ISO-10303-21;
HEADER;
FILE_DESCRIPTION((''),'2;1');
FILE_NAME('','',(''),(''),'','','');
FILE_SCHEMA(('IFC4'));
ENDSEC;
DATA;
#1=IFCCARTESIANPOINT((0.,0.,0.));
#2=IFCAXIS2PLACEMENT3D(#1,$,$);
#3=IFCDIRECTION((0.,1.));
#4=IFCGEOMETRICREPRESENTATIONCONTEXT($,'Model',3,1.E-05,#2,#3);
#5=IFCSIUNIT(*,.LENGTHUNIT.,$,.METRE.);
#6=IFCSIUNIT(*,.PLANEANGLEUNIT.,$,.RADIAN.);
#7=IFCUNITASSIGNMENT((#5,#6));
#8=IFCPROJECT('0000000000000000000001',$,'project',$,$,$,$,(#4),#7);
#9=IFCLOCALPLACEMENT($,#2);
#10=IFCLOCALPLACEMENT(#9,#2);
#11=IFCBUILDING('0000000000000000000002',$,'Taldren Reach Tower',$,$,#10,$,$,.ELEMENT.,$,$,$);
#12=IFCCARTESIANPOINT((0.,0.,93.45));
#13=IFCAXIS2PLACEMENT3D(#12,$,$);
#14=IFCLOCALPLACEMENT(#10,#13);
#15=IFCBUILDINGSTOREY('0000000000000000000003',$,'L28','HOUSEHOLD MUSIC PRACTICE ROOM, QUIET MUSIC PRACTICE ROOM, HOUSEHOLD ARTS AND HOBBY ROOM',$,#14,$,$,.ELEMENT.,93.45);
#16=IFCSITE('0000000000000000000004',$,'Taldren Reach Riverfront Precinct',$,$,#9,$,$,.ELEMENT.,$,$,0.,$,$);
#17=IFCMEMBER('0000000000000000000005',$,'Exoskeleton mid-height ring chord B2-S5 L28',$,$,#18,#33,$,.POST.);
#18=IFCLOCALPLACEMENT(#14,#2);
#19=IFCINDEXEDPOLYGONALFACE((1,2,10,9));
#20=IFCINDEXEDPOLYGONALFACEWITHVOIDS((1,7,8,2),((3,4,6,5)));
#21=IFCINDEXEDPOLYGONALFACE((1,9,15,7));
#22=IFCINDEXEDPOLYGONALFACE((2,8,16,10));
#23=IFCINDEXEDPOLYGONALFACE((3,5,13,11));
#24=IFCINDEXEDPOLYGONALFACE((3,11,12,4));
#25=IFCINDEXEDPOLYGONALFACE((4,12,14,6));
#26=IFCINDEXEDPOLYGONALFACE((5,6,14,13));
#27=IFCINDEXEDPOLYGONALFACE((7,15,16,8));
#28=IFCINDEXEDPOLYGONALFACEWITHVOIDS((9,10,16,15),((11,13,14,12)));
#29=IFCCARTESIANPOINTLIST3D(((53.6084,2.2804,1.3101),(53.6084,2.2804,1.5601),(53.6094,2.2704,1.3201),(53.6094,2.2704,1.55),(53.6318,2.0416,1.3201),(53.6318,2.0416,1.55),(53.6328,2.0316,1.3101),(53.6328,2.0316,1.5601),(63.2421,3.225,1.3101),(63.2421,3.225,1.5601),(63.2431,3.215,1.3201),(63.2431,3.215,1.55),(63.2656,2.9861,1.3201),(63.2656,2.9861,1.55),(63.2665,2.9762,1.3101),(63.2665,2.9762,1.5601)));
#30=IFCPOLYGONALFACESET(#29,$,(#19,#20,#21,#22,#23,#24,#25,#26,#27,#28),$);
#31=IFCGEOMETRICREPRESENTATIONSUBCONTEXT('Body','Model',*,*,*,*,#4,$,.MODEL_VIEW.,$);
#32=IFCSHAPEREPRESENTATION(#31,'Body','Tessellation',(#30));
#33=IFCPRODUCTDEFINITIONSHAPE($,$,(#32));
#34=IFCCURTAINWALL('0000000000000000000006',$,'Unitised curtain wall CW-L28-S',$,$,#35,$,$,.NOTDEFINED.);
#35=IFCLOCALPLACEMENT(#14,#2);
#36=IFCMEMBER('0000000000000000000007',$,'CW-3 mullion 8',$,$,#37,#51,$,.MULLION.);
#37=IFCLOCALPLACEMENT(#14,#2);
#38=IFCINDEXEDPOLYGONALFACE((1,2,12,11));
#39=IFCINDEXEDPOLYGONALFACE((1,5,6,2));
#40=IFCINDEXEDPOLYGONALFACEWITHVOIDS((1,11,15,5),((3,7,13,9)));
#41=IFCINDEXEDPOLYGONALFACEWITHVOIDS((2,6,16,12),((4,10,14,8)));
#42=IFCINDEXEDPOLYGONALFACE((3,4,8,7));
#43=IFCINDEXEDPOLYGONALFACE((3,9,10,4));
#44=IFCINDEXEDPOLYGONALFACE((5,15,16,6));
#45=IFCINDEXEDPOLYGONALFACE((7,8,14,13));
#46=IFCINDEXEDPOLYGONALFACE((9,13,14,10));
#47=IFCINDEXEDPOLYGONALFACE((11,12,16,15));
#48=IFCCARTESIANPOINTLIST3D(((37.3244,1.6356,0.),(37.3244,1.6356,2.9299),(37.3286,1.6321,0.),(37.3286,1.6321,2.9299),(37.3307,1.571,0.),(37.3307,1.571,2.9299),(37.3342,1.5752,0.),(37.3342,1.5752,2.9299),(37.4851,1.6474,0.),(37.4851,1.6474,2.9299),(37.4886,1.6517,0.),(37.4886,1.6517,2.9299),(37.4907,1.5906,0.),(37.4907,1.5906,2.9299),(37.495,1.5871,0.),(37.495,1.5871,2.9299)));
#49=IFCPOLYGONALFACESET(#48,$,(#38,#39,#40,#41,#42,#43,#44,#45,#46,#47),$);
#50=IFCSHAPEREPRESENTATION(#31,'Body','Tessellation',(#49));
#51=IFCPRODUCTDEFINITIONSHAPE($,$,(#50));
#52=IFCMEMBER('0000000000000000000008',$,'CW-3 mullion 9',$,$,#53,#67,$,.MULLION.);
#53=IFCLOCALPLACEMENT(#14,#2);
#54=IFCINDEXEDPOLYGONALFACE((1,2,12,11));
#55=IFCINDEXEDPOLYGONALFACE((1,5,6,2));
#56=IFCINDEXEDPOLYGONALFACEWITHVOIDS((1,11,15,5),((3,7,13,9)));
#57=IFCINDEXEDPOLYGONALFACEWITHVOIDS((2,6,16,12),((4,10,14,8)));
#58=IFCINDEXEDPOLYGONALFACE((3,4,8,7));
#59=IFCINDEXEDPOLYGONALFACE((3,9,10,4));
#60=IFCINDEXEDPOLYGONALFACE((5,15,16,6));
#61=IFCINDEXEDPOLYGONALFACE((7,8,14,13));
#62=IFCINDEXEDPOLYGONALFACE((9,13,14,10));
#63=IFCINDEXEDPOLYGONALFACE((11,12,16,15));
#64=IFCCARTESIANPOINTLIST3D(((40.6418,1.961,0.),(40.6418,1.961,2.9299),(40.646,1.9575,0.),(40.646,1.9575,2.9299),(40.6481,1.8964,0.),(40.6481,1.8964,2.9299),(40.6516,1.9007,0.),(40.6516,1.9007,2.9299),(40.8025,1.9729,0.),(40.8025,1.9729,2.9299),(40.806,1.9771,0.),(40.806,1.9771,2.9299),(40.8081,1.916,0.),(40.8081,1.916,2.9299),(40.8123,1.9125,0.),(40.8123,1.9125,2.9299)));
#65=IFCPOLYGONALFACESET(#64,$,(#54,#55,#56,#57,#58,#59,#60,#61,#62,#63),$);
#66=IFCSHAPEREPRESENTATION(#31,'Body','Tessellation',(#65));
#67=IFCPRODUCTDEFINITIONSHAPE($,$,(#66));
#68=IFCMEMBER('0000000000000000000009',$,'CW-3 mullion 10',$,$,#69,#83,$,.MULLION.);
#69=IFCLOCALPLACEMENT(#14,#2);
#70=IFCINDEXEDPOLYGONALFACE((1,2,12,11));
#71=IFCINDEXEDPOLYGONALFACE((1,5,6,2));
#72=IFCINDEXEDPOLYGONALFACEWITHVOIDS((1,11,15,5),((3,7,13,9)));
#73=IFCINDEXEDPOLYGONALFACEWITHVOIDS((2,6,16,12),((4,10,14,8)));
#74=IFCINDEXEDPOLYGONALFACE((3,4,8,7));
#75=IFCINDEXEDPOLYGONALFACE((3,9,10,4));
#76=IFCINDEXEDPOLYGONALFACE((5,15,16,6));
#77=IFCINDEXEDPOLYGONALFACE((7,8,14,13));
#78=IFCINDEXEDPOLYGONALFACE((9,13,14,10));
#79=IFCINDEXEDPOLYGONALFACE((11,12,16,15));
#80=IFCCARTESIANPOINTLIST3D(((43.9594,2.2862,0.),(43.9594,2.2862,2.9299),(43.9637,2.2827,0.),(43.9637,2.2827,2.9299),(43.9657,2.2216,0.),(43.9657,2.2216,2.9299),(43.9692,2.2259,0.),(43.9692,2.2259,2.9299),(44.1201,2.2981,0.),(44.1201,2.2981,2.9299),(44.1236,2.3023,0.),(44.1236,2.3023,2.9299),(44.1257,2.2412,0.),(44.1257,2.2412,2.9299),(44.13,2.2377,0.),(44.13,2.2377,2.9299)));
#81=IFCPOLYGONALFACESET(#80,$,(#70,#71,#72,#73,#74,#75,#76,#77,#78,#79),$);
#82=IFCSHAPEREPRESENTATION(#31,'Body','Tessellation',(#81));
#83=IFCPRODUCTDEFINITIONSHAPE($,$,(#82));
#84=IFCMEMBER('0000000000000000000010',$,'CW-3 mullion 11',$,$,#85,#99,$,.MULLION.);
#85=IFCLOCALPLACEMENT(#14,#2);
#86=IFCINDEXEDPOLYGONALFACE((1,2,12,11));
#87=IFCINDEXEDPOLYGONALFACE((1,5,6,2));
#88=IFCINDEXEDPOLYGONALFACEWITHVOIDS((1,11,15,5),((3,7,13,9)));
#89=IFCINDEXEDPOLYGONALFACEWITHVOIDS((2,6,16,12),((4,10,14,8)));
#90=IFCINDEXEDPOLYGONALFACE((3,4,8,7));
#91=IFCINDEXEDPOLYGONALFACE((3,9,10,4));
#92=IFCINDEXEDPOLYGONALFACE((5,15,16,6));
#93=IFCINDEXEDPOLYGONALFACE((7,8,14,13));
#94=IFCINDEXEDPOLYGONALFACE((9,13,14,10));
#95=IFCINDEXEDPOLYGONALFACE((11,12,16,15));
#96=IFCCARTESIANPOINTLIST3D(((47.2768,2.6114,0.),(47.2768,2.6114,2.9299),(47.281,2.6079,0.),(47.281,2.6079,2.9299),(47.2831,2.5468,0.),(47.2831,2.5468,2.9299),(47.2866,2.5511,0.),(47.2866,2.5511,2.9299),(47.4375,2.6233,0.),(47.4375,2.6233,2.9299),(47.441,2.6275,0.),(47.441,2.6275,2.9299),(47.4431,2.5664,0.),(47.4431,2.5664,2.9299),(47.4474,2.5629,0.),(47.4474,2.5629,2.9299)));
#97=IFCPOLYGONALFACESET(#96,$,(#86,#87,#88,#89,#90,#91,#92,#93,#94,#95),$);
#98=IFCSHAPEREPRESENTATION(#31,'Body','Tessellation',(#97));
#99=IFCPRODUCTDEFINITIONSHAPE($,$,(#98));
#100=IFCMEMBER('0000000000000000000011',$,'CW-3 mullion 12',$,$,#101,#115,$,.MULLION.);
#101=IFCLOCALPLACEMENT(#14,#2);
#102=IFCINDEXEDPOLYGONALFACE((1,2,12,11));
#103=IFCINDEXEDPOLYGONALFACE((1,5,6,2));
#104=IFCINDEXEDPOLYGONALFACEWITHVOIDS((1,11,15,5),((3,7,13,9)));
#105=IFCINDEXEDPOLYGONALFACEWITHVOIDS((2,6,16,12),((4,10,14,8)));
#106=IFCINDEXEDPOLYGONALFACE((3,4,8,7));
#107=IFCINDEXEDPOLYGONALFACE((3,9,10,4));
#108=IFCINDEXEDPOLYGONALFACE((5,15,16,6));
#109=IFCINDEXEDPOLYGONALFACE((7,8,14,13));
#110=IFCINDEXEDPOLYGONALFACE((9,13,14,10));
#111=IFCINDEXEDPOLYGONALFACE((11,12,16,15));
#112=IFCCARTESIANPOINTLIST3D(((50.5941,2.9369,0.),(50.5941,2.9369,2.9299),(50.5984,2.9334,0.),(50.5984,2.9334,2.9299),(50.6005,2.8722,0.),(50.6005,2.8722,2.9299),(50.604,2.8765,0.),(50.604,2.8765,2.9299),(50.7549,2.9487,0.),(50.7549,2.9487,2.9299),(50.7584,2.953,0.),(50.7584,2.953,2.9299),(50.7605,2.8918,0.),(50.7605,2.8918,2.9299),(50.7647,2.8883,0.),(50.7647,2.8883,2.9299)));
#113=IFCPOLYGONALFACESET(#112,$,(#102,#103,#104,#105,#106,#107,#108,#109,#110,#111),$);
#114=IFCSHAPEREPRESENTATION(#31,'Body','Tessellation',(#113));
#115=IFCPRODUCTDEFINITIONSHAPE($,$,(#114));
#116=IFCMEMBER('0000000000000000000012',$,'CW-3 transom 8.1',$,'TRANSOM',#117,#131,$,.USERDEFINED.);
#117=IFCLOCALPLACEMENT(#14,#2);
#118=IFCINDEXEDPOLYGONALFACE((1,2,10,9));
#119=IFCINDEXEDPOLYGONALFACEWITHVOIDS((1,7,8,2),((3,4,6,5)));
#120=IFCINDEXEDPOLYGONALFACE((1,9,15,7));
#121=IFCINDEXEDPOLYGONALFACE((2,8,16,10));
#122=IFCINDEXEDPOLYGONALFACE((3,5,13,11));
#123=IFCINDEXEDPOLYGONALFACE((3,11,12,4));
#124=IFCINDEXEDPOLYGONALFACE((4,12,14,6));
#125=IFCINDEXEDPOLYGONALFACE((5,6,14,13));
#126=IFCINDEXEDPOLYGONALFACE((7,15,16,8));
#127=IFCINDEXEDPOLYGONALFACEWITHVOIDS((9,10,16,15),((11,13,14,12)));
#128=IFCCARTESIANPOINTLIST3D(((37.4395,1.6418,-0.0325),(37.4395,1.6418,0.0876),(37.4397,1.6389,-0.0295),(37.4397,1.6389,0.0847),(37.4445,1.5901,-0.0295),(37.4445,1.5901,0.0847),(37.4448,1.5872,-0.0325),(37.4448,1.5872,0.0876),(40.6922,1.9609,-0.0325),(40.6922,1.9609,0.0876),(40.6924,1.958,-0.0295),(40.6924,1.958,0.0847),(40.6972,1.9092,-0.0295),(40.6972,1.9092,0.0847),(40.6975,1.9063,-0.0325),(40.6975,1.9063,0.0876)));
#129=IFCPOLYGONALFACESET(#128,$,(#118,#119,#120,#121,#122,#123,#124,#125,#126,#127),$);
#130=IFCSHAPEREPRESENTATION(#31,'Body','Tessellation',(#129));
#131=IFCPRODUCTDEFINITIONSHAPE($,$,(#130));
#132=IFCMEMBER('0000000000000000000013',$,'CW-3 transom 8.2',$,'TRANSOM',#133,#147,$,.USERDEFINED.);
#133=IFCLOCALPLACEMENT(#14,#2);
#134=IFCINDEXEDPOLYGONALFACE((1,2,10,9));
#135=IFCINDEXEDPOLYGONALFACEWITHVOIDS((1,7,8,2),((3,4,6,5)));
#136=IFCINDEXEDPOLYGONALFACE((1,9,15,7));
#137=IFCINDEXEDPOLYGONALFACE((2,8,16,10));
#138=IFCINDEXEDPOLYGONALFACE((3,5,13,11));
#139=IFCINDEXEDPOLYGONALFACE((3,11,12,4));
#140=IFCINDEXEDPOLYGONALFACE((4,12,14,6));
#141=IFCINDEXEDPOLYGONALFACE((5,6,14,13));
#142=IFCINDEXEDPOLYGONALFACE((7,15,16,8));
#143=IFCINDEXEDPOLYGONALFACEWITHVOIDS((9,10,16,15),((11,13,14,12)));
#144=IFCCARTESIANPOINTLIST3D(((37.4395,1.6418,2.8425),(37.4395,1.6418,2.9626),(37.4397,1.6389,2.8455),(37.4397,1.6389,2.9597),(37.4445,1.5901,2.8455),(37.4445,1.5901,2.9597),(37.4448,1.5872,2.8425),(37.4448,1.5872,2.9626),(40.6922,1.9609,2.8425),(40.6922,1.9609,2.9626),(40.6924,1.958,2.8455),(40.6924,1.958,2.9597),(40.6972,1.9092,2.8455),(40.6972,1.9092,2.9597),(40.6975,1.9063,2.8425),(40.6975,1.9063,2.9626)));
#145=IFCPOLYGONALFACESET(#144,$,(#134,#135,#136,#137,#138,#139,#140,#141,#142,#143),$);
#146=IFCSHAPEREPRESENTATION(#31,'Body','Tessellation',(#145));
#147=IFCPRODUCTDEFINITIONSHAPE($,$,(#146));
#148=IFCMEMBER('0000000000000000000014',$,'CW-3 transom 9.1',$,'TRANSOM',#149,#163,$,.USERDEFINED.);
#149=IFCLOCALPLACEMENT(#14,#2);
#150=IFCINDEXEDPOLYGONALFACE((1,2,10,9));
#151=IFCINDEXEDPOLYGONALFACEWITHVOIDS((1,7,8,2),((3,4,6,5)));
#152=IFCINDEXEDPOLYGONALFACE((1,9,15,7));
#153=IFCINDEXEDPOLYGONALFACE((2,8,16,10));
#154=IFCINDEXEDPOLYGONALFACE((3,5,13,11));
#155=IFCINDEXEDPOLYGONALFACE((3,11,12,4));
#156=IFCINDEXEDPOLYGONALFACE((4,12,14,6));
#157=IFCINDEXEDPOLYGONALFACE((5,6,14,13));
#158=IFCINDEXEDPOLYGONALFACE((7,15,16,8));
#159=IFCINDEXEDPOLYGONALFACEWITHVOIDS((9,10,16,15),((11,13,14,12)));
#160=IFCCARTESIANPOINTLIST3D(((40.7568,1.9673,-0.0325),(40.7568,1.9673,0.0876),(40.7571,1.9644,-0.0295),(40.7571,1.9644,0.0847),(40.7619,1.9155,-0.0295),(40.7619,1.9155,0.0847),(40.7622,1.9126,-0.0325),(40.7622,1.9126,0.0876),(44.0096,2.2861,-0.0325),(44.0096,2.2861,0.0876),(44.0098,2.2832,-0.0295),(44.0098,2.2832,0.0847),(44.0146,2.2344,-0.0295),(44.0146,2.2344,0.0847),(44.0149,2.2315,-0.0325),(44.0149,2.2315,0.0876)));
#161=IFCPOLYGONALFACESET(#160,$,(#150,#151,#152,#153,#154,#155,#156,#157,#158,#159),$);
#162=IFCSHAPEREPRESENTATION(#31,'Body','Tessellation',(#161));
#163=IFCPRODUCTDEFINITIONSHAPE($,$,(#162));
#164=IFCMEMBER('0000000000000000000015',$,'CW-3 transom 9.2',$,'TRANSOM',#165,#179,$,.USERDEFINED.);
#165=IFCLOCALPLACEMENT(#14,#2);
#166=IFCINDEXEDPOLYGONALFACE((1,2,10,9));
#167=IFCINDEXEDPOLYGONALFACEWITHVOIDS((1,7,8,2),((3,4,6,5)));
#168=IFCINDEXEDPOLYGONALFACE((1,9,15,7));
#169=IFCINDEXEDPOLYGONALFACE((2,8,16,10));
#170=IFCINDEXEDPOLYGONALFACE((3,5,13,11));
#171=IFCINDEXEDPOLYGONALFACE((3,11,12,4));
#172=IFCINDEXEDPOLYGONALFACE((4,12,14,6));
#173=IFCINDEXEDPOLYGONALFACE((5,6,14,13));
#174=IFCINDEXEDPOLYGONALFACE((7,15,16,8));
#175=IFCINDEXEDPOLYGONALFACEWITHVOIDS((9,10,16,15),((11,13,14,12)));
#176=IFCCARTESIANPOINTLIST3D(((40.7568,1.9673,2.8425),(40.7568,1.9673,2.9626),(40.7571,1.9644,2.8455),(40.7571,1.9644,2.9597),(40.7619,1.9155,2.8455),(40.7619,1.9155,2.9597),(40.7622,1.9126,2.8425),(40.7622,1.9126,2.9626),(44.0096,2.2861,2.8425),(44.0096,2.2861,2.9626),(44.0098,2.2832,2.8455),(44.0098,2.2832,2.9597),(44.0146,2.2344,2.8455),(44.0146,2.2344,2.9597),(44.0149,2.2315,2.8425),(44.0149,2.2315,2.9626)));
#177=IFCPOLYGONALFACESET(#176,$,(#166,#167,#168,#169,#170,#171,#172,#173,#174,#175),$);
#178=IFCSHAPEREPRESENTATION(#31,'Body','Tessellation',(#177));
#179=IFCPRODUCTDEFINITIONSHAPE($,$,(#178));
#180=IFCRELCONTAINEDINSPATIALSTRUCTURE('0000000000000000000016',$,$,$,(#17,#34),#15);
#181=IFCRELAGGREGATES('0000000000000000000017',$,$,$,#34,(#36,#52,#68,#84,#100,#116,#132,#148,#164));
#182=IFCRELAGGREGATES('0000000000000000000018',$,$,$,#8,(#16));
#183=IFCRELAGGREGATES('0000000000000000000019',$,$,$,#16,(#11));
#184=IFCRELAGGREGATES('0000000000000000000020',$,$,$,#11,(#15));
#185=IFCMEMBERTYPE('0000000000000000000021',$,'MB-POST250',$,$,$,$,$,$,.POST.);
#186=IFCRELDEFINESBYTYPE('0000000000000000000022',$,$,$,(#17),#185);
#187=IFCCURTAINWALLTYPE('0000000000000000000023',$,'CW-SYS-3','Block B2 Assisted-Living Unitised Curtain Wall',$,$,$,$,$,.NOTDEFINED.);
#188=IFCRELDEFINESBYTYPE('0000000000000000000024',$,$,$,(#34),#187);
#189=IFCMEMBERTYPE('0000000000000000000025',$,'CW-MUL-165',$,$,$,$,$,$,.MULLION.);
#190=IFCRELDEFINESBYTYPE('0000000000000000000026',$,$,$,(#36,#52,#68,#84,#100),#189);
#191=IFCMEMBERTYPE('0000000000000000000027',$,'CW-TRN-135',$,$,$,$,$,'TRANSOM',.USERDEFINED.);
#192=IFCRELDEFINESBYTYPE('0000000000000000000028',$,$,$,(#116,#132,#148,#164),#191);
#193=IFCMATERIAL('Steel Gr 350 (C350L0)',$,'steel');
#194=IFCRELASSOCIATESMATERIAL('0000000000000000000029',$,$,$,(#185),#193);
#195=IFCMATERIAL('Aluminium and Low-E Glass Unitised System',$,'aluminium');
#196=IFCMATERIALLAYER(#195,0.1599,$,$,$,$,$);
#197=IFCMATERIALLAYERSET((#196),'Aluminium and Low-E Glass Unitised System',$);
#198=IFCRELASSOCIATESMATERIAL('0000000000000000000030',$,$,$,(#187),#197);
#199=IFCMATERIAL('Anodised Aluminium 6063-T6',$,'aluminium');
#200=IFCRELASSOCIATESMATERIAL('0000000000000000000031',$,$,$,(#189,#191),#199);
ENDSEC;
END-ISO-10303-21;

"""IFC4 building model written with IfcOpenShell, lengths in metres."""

from ifc_helpers import new_model, si_unit, direction, frame, origin, origin_2d, place, context, subcontext, project, spatial, hollow_rectangle, extrude, source, transform, mapped, material, layer, layer_set, material_profile, profile_set, type_object, element, aggregate, save


model = new_model("IFC4")

# Units and contexts
model_context = context("Model", 3, precision=1e-05, world=origin(), true_north=direction((0.0, 1.0)))
body_context = subcontext(model_context, "Body", "Model", "MODEL_VIEW")
ifc_project = project(units=[si_unit("LENGTHUNIT", "METRE"), si_unit("PLANEANGLEUNIT", "RADIAN")], contexts=[model_context])

# Site, building, storey
site_placement = place(None, origin())
site = spatial("IfcSite", under=ifc_project, at=site_placement, Name="Taldren Reach Riverfront Precinct", CompositionType="ELEMENT", RefElevation=0.0)
building_placement = place(site_placement, origin())
building = spatial("IfcBuilding", under=site, at=building_placement, Name="Taldren Reach Tower", CompositionType="ELEMENT")
storey_placement = place(building_placement, frame((0.0, 0.0, 93.45)))
storey = spatial("IfcBuildingStorey", under=building, at=storey_placement, Name="L28", Description="HOUSEHOLD MUSIC PRACTICE ROOM, QUIET MUSIC PRACTICE ROOM, HOUSEHOLD ARTS AND HOBBY ROOM", CompositionType="ELEMENT", Elevation=93.45)

# Shared definitions
ifc_material_1 = material(Name="Steel Gr 350 (C350L0)", Category="steel")
ifc_material_profile_1 = material_profile(ifc_material_1, hollow_rectangle(XDim=0.25, YDim=0.25, WallThickness=0.01, at=origin_2d()), Name="250x250x10.0SHS")
ifc_profile_set_1 = profile_set([ifc_material_profile_1], Name="Steel Gr 350 (C350L0)")
member_type_1 = type_object("IfcMemberType", Name="MB-POST250", PredefinedType="POST", material=ifc_profile_set_1)

# Member
shared_shape_1 = source(origin(), body_context, "Body", "SweptSolid", [
    extrude(hollow_rectangle(XDim=0.25, YDim=0.25, WallThickness=0.01, at=origin_2d()), origin(), (0.0, 0.0, 1.0), 9.6799),
])
for number, where, z_axis, x_axis, name in (
    (1, (53.6206, 2.156, 1.4351), (0.995228, 0.097581, 0.0), (-0.097581, 0.995228, 0.0), "Exoskeleton mid-height ring chord B2-S5 L28"),
):
    element("IfcMember", number, at=place(storey_placement, frame(where, z_axis=z_axis, x_axis=x_axis)), inside=storey, type_object=member_type_1, Name=name, PredefinedType="POST", context=body_context, shape_type="MappedRepresentation", body=[
        mapped(shared_shape_1, transform((0.0, 0.0, 0.0), scale=1.0)),
    ])

# Curtain wall, members
ifc_material_2 = material(Name="Aluminium and Low-E Glass Unitised System", Category="aluminium")
ifc_layer_1 = layer(ifc_material_2, 0.1599)
ifc_layer_set_1 = layer_set([ifc_layer_1], Name="Aluminium and Low-E Glass Unitised System")
curtain_wall_type = type_object("IfcCurtainWallType", Name="CW-SYS-3", Description="Block B2 Assisted-Living Unitised Curtain Wall", PredefinedType="NOTDEFINED", material=ifc_layer_set_1)
curtain_wall_placement = place(storey_placement, origin())
curtain_wall = element("IfcCurtainWall", 2, at=curtain_wall_placement, inside=storey, type_object=curtain_wall_type, Name="Unitised curtain wall CW-L28-S", PredefinedType="NOTDEFINED")
ifc_material_3 = material(Name="Anodised Aluminium 6063-T6", Category="aluminium")
ifc_material_profile_2 = material_profile(ifc_material_3, hollow_rectangle(XDim=0.0649, YDim=0.165, WallThickness=0.0039, at=origin_2d()), Name="ALU-165x65x4RHS")
ifc_profile_set_2 = profile_set([ifc_material_profile_2], Name="Anodised Aluminium 6063-T6")
member_type_2 = type_object("IfcMemberType", Name="CW-MUL-165", PredefinedType="MULLION", material=ifc_profile_set_2)
shared_shape_2 = source(origin(), body_context, "Body", "SweptSolid", [
    extrude(hollow_rectangle(XDim=0.0649, YDim=0.165, WallThickness=0.0039, at=origin_2d()), origin(), (0.0, 0.0, 1.0), 2.9299),
])
member_1_placement = place(storey_placement, frame((37.4097, 1.6113, 0.0), z_axis=(0.0, 0.0, 1.0), x_axis=(-0.097583, 0.995227, 0.0)))
member_1 = element("IfcMember", 3, at=member_1_placement, type_object=member_type_2, Name="CW-3 mullion 8", PredefinedType="MULLION", context=body_context, shape_type="MappedRepresentation", body=[
    mapped(shared_shape_2, transform((0.0, 0.0, 0.0), scale=1.0)),
])
member_2_placement = place(storey_placement, frame((40.7271, 1.9368, 0.0), z_axis=(0.0, 0.0, 1.0), x_axis=(-0.097583, 0.995227, 0.0)))
member_2 = element("IfcMember", 4, at=member_2_placement, type_object=member_type_2, Name="CW-3 mullion 9", PredefinedType="MULLION", context=body_context, shape_type="MappedRepresentation", body=[
    mapped(shared_shape_2, transform((0.0, 0.0, 0.0), scale=1.0)),
])
member_3_placement = place(storey_placement, frame((44.0447, 2.262, 0.0), z_axis=(0.0, 0.0, 1.0), x_axis=(-0.097583, 0.995227, 0.0)))
member_3 = element("IfcMember", 5, at=member_3_placement, type_object=member_type_2, Name="CW-3 mullion 10", PredefinedType="MULLION", context=body_context, shape_type="MappedRepresentation", body=[
    mapped(shared_shape_2, transform((0.0, 0.0, 0.0), scale=1.0)),
])
member_4_placement = place(storey_placement, frame((47.3621, 2.5872, 0.0), z_axis=(0.0, 0.0, 1.0), x_axis=(-0.097583, 0.995227, 0.0)))
member_4 = element("IfcMember", 6, at=member_4_placement, type_object=member_type_2, Name="CW-3 mullion 11", PredefinedType="MULLION", context=body_context, shape_type="MappedRepresentation", body=[
    mapped(shared_shape_2, transform((0.0, 0.0, 0.0), scale=1.0)),
])
member_5_placement = place(storey_placement, frame((50.6794, 2.9126, 0.0), z_axis=(0.0, 0.0, 1.0), x_axis=(-0.097583, 0.995227, 0.0)))
member_5 = element("IfcMember", 7, at=member_5_placement, type_object=member_type_2, Name="CW-3 mullion 12", PredefinedType="MULLION", context=body_context, shape_type="MappedRepresentation", body=[
    mapped(shared_shape_2, transform((0.0, 0.0, 0.0), scale=1.0)),
])
ifc_material_profile_3 = material_profile(ifc_material_3, hollow_rectangle(XDim=0.0549, YDim=0.1201, WallThickness=0.0029, at=origin_2d()), Name="ALU-120x55x3RHS")
ifc_profile_set_3 = profile_set([ifc_material_profile_3], Name="Anodised Aluminium 6063-T6")
member_type_3 = type_object("IfcMemberType", Name="CW-TRN-135", ElementType="TRANSOM", PredefinedType="USERDEFINED", material=ifc_profile_set_3)
shared_shape_3 = source(origin(), body_context, "Body", "SweptSolid", [
    extrude(hollow_rectangle(XDim=0.0549, YDim=0.1201, WallThickness=0.0029, at=origin_2d()), origin(), (0.0, 0.0, 1.0), 3.2683),
])
member_6_placement = place(storey_placement, frame((37.4421, 1.6145, 0.0276), z_axis=(0.995223, 0.097632, 0.0), x_axis=(-0.097632, 0.995223, 0.0)))
member_6 = element("IfcMember", 8, at=member_6_placement, type_object=member_type_3, Name="CW-3 transom 8.1", ObjectType="TRANSOM", PredefinedType="USERDEFINED", context=body_context, shape_type="MappedRepresentation", body=[
    mapped(shared_shape_3, transform((0.0, 0.0, 0.0), scale=1.0)),
])
member_7_placement = place(storey_placement, frame((37.4421, 1.6145, 2.9026), z_axis=(0.995223, 0.097632, 0.0), x_axis=(-0.097632, 0.995223, 0.0)))
member_7 = element("IfcMember", 9, at=member_7_placement, type_object=member_type_3, Name="CW-3 transom 8.2", ObjectType="TRANSOM", PredefinedType="USERDEFINED", context=body_context, shape_type="MappedRepresentation", body=[
    mapped(shared_shape_3, transform((0.0, 0.0, 0.0), scale=1.0)),
])
member_8_placement = place(storey_placement, frame((40.7595, 1.9399, 0.0276), z_axis=(0.99523, 0.097558, 0.0), x_axis=(-0.097558, 0.99523, 0.0)))
member_8 = element("IfcMember", 10, at=member_8_placement, type_object=member_type_3, Name="CW-3 transom 9.1", ObjectType="TRANSOM", PredefinedType="USERDEFINED", context=body_context, shape_type="MappedRepresentation", body=[
    mapped(shared_shape_3, transform((0.0, 0.0, 0.0), scale=1.0)),
])
member_9_placement = place(storey_placement, frame((40.7595, 1.9399, 2.9026), z_axis=(0.99523, 0.097558, 0.0), x_axis=(-0.097558, 0.99523, 0.0)))
member_9 = element("IfcMember", 11, at=member_9_placement, type_object=member_type_3, Name="CW-3 transom 9.2", ObjectType="TRANSOM", PredefinedType="USERDEFINED", context=body_context, shape_type="MappedRepresentation", body=[
    mapped(shared_shape_3, transform((0.0, 0.0, 0.0), scale=1.0)),
])

aggregate(curtain_wall, [member_1, member_2, member_3, member_4, member_5, member_6, member_7, member_8, member_9])

save(model, "model.ifc")
